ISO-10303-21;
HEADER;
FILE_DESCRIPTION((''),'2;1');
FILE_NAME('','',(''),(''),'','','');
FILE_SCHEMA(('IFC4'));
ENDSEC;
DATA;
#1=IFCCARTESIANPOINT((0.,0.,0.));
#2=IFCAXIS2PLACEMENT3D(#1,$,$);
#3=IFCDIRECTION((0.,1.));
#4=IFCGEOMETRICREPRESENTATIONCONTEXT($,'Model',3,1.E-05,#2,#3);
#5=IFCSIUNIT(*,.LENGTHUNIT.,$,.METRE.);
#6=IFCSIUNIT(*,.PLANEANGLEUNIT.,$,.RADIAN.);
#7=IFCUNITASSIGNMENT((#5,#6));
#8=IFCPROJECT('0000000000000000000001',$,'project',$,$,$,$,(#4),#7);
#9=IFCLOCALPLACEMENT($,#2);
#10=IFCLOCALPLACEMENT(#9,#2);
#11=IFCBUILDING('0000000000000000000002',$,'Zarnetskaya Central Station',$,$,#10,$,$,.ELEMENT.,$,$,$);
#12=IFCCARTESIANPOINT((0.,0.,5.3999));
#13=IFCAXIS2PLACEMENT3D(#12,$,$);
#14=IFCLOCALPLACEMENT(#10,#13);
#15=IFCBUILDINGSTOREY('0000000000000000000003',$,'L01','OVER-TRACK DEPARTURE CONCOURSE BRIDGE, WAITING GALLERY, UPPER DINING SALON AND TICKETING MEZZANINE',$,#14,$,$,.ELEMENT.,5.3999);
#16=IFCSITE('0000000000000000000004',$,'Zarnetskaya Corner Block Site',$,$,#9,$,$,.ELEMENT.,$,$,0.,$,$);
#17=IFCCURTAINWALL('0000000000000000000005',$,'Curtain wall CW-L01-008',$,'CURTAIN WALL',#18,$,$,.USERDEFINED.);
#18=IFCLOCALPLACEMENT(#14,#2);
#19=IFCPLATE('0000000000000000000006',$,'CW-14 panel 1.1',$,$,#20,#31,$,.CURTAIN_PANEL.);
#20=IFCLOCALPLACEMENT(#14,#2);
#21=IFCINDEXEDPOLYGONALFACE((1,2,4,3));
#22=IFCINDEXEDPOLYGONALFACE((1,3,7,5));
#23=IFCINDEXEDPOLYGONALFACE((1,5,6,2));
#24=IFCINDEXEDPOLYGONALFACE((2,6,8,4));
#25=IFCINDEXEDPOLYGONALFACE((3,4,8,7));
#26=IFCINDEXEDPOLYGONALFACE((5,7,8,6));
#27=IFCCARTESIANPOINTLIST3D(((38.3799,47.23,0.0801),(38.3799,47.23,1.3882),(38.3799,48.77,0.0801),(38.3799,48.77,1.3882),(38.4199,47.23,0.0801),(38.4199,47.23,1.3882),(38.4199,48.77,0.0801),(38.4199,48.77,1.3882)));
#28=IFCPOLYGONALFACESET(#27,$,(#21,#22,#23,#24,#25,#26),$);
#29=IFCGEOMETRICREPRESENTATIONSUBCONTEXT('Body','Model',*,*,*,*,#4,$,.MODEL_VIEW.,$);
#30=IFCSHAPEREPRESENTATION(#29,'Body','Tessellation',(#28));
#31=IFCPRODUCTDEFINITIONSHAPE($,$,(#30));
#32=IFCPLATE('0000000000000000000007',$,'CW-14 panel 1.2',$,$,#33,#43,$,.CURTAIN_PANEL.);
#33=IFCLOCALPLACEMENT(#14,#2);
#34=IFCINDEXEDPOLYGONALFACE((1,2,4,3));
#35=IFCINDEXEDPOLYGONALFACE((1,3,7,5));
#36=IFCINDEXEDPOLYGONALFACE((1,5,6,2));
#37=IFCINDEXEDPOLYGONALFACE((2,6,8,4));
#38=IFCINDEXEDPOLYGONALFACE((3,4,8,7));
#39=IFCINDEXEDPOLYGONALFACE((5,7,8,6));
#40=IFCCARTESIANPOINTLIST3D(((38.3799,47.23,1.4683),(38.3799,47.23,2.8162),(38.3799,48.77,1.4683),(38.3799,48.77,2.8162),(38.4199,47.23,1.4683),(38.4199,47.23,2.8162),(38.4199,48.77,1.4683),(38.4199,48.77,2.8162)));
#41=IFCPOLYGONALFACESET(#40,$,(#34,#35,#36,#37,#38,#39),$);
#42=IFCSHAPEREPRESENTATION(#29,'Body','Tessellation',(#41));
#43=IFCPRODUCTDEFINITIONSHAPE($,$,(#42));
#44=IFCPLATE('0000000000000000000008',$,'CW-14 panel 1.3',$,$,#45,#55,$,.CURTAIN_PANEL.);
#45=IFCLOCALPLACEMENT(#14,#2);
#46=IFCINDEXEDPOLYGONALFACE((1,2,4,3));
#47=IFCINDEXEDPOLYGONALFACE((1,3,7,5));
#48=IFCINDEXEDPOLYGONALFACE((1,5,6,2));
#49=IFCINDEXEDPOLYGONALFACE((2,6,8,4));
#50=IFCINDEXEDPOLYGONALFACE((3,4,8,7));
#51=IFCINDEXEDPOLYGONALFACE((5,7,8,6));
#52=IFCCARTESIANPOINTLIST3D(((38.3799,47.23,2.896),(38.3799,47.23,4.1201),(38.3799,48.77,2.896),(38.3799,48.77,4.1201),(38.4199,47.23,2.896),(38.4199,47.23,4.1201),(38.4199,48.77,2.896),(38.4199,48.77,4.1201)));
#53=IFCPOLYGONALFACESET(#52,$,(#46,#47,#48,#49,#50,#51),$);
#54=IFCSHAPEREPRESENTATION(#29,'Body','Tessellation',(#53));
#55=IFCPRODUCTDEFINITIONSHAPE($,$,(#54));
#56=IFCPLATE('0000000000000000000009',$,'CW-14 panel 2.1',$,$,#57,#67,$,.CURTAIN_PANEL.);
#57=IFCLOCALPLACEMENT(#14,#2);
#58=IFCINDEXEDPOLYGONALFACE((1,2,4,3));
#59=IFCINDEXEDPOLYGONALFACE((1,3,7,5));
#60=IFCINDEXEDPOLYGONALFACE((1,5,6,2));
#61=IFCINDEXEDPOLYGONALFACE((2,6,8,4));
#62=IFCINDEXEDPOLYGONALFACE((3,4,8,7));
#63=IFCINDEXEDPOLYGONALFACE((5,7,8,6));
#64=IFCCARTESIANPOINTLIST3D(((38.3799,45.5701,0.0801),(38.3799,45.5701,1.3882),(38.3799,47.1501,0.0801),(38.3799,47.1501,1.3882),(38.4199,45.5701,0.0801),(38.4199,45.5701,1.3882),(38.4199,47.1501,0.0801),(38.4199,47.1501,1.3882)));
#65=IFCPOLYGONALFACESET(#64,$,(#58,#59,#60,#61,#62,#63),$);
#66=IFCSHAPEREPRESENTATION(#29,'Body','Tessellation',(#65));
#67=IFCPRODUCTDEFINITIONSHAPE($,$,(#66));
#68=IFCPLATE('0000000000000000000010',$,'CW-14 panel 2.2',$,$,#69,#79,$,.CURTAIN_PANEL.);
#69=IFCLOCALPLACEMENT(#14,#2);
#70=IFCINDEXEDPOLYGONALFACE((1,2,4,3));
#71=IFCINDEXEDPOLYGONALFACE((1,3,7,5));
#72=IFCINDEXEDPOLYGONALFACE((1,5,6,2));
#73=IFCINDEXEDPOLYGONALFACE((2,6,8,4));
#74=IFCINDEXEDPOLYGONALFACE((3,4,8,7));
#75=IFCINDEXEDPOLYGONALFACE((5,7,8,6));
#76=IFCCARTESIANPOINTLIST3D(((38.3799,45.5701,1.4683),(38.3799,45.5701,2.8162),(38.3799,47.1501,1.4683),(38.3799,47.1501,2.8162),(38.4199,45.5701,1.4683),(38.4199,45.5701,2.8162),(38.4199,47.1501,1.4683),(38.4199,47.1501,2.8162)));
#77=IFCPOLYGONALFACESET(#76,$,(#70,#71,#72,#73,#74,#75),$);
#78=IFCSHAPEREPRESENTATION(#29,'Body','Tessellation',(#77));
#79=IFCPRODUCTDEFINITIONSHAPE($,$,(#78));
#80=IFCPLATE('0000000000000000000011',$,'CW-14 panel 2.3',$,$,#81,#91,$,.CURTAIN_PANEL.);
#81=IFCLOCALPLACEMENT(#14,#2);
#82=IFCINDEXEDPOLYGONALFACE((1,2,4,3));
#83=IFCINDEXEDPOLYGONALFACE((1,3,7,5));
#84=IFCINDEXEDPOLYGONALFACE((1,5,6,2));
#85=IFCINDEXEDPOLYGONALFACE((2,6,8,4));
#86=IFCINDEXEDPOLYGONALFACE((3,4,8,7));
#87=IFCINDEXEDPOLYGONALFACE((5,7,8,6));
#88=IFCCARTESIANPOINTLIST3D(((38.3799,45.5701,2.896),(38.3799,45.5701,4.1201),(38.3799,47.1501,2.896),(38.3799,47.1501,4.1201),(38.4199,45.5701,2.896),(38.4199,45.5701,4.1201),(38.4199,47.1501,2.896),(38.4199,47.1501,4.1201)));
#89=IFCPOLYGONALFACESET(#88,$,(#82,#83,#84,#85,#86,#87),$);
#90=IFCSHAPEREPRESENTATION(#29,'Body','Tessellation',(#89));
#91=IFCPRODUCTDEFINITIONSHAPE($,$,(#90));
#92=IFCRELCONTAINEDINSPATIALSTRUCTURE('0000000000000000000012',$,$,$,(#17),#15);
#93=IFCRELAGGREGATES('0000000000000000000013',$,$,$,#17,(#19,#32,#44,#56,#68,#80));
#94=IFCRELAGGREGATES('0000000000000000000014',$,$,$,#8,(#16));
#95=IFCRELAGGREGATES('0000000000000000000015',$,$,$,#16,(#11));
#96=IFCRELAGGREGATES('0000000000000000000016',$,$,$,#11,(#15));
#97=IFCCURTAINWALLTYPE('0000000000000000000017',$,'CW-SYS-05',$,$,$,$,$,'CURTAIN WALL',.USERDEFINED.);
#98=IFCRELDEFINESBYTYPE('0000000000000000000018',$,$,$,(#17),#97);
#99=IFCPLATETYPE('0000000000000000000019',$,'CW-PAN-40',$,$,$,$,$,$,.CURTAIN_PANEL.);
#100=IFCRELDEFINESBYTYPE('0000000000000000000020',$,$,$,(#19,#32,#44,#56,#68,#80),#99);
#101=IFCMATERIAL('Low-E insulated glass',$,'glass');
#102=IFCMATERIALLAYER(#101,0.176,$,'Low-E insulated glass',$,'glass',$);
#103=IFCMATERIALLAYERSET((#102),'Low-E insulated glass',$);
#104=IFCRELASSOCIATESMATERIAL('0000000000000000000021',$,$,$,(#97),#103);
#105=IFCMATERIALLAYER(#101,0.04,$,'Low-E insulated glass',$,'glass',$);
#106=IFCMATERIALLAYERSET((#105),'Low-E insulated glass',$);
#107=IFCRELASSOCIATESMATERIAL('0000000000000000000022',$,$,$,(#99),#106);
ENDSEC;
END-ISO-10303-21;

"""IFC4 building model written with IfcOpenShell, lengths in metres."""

from ifc_helpers import new_model, si_unit, direction, frame, origin, origin_2d, place, context, subcontext, project, spatial, rectangle, extrude, material, layer, layer_set, type_object, element, aggregate, save


model = new_model("IFC4")

# Units and contexts
model_context = context("Model", 3, precision=1e-05, world=origin(), true_north=direction((0.0, 1.0)))
body_context = subcontext(model_context, "Body", "Model", "MODEL_VIEW")
ifc_project = project(units=[si_unit("LENGTHUNIT", "METRE"), si_unit("PLANEANGLEUNIT", "RADIAN")], contexts=[model_context])

# Site, building, storey
site_placement = place(None, origin())
site = spatial("IfcSite", under=ifc_project, at=site_placement, Name="Zarnetskaya Corner Block Site", CompositionType="ELEMENT", RefElevation=0.0)
building_placement = place(site_placement, origin())
building = spatial("IfcBuilding", under=site, at=building_placement, Name="Zarnetskaya Central Station", CompositionType="ELEMENT")
storey_placement = place(building_placement, frame((0.0, 0.0, 5.3999)))
storey = spatial("IfcBuildingStorey", under=building, at=storey_placement, Name="L01", Description="OVER-TRACK DEPARTURE CONCOURSE BRIDGE, WAITING GALLERY, UPPER DINING SALON AND TICKETING MEZZANINE", CompositionType="ELEMENT", Elevation=5.3999)

# Curtain wall, plates
ifc_material_1 = material(Name="Low-E insulated glass", Category="glass")
ifc_layer_1 = layer(ifc_material_1, 0.176, Name="Low-E insulated glass", Category="glass")
ifc_layer_set_1 = layer_set([ifc_layer_1], Name="Low-E insulated glass")
curtain_wall_type = type_object("IfcCurtainWallType", Name="CW-SYS-05", ElementType="CURTAIN WALL", PredefinedType="USERDEFINED", material=ifc_layer_set_1)
curtain_wall_placement = place(storey_placement, origin())
curtain_wall = element("IfcCurtainWall", 1, at=curtain_wall_placement, inside=storey, type_object=curtain_wall_type, Name="Curtain wall CW-L01-008", ObjectType="CURTAIN WALL", PredefinedType="USERDEFINED")
ifc_layer_2 = layer(ifc_material_1, 0.04, Name="Low-E insulated glass", Category="glass")
ifc_layer_set_2 = layer_set([ifc_layer_2], Name="Low-E insulated glass")
plate_type = type_object("IfcPlateType", Name="CW-PAN-40", PredefinedType="CURTAIN_PANEL", material=ifc_layer_set_2)
plate_1_placement = place(storey_placement, frame((38.3999, 48.0, 0.0801), z_axis=(0.0, 0.0, 1.0), x_axis=(0.0, -1.0, 0.0)))
plate_1 = element("IfcPlate", 2, at=plate_1_placement, type_object=plate_type, Name="CW-14 panel 1.1", PredefinedType="CURTAIN_PANEL", context=body_context, shape_type="SweptSolid", body=[
    extrude(rectangle(XDim=1.54, YDim=0.04, at=origin_2d()), origin(), (0.0, 0.0, 1.0), 1.3081),
])
plate_2_placement = place(storey_placement, frame((38.3999, 48.0, 1.4683), z_axis=(0.0, 0.0, 1.0), x_axis=(0.0, -1.0, 0.0)))
plate_2 = element("IfcPlate", 3, at=plate_2_placement, type_object=plate_type, Name="CW-14 panel 1.2", PredefinedType="CURTAIN_PANEL", context=body_context, shape_type="SweptSolid", body=[
    extrude(rectangle(XDim=1.54, YDim=0.04, at=origin_2d()), origin(), (0.0, 0.0, 1.0), 1.3479),
])
plate_3_placement = place(storey_placement, frame((38.3999, 48.0, 2.896), z_axis=(0.0, 0.0, 1.0), x_axis=(0.0, -1.0, 0.0)))
plate_3 = element("IfcPlate", 4, at=plate_3_placement, type_object=plate_type, Name="CW-14 panel 1.3", PredefinedType="CURTAIN_PANEL", context=body_context, shape_type="SweptSolid", body=[
    extrude(rectangle(XDim=1.54, YDim=0.04, at=origin_2d()), origin(), (0.0, 0.0, 1.0), 1.2241),
])
plate_4_placement = place(storey_placement, frame((38.3999, 46.3601, 0.0801), z_axis=(0.0, 0.0, 1.0), x_axis=(0.0, -1.0, 0.0)))
plate_4 = element("IfcPlate", 5, at=plate_4_placement, type_object=plate_type, Name="CW-14 panel 2.1", PredefinedType="CURTAIN_PANEL", context=body_context, shape_type="SweptSolid", body=[
    extrude(rectangle(XDim=1.5801, YDim=0.04, at=origin_2d()), origin(), (0.0, 0.0, 1.0), 1.3081),
])
plate_5_placement = place(storey_placement, frame((38.3999, 46.3601, 1.4683), z_axis=(0.0, 0.0, 1.0), x_axis=(0.0, -1.0, 0.0)))
plate_5 = element("IfcPlate", 6, at=plate_5_placement, type_object=plate_type, Name="CW-14 panel 2.2", PredefinedType="CURTAIN_PANEL", context=body_context, shape_type="SweptSolid", body=[
    extrude(rectangle(XDim=1.5801, YDim=0.04, at=origin_2d()), origin(), (0.0, 0.0, 1.0), 1.3479),
])
plate_6_placement = place(storey_placement, frame((38.3999, 46.3601, 2.896), z_axis=(0.0, 0.0, 1.0), x_axis=(0.0, -1.0, 0.0)))
plate_6 = element("IfcPlate", 7, at=plate_6_placement, type_object=plate_type, Name="CW-14 panel 2.3", PredefinedType="CURTAIN_PANEL", context=body_context, shape_type="SweptSolid", body=[
    extrude(rectangle(XDim=1.5801, YDim=0.04, at=origin_2d()), origin(), (0.0, 0.0, 1.0), 1.2241),
])
aggregate(curtain_wall, [plate_1, plate_2, plate_3, plate_4, plate_5, plate_6])

save(model, "model.ifc")
